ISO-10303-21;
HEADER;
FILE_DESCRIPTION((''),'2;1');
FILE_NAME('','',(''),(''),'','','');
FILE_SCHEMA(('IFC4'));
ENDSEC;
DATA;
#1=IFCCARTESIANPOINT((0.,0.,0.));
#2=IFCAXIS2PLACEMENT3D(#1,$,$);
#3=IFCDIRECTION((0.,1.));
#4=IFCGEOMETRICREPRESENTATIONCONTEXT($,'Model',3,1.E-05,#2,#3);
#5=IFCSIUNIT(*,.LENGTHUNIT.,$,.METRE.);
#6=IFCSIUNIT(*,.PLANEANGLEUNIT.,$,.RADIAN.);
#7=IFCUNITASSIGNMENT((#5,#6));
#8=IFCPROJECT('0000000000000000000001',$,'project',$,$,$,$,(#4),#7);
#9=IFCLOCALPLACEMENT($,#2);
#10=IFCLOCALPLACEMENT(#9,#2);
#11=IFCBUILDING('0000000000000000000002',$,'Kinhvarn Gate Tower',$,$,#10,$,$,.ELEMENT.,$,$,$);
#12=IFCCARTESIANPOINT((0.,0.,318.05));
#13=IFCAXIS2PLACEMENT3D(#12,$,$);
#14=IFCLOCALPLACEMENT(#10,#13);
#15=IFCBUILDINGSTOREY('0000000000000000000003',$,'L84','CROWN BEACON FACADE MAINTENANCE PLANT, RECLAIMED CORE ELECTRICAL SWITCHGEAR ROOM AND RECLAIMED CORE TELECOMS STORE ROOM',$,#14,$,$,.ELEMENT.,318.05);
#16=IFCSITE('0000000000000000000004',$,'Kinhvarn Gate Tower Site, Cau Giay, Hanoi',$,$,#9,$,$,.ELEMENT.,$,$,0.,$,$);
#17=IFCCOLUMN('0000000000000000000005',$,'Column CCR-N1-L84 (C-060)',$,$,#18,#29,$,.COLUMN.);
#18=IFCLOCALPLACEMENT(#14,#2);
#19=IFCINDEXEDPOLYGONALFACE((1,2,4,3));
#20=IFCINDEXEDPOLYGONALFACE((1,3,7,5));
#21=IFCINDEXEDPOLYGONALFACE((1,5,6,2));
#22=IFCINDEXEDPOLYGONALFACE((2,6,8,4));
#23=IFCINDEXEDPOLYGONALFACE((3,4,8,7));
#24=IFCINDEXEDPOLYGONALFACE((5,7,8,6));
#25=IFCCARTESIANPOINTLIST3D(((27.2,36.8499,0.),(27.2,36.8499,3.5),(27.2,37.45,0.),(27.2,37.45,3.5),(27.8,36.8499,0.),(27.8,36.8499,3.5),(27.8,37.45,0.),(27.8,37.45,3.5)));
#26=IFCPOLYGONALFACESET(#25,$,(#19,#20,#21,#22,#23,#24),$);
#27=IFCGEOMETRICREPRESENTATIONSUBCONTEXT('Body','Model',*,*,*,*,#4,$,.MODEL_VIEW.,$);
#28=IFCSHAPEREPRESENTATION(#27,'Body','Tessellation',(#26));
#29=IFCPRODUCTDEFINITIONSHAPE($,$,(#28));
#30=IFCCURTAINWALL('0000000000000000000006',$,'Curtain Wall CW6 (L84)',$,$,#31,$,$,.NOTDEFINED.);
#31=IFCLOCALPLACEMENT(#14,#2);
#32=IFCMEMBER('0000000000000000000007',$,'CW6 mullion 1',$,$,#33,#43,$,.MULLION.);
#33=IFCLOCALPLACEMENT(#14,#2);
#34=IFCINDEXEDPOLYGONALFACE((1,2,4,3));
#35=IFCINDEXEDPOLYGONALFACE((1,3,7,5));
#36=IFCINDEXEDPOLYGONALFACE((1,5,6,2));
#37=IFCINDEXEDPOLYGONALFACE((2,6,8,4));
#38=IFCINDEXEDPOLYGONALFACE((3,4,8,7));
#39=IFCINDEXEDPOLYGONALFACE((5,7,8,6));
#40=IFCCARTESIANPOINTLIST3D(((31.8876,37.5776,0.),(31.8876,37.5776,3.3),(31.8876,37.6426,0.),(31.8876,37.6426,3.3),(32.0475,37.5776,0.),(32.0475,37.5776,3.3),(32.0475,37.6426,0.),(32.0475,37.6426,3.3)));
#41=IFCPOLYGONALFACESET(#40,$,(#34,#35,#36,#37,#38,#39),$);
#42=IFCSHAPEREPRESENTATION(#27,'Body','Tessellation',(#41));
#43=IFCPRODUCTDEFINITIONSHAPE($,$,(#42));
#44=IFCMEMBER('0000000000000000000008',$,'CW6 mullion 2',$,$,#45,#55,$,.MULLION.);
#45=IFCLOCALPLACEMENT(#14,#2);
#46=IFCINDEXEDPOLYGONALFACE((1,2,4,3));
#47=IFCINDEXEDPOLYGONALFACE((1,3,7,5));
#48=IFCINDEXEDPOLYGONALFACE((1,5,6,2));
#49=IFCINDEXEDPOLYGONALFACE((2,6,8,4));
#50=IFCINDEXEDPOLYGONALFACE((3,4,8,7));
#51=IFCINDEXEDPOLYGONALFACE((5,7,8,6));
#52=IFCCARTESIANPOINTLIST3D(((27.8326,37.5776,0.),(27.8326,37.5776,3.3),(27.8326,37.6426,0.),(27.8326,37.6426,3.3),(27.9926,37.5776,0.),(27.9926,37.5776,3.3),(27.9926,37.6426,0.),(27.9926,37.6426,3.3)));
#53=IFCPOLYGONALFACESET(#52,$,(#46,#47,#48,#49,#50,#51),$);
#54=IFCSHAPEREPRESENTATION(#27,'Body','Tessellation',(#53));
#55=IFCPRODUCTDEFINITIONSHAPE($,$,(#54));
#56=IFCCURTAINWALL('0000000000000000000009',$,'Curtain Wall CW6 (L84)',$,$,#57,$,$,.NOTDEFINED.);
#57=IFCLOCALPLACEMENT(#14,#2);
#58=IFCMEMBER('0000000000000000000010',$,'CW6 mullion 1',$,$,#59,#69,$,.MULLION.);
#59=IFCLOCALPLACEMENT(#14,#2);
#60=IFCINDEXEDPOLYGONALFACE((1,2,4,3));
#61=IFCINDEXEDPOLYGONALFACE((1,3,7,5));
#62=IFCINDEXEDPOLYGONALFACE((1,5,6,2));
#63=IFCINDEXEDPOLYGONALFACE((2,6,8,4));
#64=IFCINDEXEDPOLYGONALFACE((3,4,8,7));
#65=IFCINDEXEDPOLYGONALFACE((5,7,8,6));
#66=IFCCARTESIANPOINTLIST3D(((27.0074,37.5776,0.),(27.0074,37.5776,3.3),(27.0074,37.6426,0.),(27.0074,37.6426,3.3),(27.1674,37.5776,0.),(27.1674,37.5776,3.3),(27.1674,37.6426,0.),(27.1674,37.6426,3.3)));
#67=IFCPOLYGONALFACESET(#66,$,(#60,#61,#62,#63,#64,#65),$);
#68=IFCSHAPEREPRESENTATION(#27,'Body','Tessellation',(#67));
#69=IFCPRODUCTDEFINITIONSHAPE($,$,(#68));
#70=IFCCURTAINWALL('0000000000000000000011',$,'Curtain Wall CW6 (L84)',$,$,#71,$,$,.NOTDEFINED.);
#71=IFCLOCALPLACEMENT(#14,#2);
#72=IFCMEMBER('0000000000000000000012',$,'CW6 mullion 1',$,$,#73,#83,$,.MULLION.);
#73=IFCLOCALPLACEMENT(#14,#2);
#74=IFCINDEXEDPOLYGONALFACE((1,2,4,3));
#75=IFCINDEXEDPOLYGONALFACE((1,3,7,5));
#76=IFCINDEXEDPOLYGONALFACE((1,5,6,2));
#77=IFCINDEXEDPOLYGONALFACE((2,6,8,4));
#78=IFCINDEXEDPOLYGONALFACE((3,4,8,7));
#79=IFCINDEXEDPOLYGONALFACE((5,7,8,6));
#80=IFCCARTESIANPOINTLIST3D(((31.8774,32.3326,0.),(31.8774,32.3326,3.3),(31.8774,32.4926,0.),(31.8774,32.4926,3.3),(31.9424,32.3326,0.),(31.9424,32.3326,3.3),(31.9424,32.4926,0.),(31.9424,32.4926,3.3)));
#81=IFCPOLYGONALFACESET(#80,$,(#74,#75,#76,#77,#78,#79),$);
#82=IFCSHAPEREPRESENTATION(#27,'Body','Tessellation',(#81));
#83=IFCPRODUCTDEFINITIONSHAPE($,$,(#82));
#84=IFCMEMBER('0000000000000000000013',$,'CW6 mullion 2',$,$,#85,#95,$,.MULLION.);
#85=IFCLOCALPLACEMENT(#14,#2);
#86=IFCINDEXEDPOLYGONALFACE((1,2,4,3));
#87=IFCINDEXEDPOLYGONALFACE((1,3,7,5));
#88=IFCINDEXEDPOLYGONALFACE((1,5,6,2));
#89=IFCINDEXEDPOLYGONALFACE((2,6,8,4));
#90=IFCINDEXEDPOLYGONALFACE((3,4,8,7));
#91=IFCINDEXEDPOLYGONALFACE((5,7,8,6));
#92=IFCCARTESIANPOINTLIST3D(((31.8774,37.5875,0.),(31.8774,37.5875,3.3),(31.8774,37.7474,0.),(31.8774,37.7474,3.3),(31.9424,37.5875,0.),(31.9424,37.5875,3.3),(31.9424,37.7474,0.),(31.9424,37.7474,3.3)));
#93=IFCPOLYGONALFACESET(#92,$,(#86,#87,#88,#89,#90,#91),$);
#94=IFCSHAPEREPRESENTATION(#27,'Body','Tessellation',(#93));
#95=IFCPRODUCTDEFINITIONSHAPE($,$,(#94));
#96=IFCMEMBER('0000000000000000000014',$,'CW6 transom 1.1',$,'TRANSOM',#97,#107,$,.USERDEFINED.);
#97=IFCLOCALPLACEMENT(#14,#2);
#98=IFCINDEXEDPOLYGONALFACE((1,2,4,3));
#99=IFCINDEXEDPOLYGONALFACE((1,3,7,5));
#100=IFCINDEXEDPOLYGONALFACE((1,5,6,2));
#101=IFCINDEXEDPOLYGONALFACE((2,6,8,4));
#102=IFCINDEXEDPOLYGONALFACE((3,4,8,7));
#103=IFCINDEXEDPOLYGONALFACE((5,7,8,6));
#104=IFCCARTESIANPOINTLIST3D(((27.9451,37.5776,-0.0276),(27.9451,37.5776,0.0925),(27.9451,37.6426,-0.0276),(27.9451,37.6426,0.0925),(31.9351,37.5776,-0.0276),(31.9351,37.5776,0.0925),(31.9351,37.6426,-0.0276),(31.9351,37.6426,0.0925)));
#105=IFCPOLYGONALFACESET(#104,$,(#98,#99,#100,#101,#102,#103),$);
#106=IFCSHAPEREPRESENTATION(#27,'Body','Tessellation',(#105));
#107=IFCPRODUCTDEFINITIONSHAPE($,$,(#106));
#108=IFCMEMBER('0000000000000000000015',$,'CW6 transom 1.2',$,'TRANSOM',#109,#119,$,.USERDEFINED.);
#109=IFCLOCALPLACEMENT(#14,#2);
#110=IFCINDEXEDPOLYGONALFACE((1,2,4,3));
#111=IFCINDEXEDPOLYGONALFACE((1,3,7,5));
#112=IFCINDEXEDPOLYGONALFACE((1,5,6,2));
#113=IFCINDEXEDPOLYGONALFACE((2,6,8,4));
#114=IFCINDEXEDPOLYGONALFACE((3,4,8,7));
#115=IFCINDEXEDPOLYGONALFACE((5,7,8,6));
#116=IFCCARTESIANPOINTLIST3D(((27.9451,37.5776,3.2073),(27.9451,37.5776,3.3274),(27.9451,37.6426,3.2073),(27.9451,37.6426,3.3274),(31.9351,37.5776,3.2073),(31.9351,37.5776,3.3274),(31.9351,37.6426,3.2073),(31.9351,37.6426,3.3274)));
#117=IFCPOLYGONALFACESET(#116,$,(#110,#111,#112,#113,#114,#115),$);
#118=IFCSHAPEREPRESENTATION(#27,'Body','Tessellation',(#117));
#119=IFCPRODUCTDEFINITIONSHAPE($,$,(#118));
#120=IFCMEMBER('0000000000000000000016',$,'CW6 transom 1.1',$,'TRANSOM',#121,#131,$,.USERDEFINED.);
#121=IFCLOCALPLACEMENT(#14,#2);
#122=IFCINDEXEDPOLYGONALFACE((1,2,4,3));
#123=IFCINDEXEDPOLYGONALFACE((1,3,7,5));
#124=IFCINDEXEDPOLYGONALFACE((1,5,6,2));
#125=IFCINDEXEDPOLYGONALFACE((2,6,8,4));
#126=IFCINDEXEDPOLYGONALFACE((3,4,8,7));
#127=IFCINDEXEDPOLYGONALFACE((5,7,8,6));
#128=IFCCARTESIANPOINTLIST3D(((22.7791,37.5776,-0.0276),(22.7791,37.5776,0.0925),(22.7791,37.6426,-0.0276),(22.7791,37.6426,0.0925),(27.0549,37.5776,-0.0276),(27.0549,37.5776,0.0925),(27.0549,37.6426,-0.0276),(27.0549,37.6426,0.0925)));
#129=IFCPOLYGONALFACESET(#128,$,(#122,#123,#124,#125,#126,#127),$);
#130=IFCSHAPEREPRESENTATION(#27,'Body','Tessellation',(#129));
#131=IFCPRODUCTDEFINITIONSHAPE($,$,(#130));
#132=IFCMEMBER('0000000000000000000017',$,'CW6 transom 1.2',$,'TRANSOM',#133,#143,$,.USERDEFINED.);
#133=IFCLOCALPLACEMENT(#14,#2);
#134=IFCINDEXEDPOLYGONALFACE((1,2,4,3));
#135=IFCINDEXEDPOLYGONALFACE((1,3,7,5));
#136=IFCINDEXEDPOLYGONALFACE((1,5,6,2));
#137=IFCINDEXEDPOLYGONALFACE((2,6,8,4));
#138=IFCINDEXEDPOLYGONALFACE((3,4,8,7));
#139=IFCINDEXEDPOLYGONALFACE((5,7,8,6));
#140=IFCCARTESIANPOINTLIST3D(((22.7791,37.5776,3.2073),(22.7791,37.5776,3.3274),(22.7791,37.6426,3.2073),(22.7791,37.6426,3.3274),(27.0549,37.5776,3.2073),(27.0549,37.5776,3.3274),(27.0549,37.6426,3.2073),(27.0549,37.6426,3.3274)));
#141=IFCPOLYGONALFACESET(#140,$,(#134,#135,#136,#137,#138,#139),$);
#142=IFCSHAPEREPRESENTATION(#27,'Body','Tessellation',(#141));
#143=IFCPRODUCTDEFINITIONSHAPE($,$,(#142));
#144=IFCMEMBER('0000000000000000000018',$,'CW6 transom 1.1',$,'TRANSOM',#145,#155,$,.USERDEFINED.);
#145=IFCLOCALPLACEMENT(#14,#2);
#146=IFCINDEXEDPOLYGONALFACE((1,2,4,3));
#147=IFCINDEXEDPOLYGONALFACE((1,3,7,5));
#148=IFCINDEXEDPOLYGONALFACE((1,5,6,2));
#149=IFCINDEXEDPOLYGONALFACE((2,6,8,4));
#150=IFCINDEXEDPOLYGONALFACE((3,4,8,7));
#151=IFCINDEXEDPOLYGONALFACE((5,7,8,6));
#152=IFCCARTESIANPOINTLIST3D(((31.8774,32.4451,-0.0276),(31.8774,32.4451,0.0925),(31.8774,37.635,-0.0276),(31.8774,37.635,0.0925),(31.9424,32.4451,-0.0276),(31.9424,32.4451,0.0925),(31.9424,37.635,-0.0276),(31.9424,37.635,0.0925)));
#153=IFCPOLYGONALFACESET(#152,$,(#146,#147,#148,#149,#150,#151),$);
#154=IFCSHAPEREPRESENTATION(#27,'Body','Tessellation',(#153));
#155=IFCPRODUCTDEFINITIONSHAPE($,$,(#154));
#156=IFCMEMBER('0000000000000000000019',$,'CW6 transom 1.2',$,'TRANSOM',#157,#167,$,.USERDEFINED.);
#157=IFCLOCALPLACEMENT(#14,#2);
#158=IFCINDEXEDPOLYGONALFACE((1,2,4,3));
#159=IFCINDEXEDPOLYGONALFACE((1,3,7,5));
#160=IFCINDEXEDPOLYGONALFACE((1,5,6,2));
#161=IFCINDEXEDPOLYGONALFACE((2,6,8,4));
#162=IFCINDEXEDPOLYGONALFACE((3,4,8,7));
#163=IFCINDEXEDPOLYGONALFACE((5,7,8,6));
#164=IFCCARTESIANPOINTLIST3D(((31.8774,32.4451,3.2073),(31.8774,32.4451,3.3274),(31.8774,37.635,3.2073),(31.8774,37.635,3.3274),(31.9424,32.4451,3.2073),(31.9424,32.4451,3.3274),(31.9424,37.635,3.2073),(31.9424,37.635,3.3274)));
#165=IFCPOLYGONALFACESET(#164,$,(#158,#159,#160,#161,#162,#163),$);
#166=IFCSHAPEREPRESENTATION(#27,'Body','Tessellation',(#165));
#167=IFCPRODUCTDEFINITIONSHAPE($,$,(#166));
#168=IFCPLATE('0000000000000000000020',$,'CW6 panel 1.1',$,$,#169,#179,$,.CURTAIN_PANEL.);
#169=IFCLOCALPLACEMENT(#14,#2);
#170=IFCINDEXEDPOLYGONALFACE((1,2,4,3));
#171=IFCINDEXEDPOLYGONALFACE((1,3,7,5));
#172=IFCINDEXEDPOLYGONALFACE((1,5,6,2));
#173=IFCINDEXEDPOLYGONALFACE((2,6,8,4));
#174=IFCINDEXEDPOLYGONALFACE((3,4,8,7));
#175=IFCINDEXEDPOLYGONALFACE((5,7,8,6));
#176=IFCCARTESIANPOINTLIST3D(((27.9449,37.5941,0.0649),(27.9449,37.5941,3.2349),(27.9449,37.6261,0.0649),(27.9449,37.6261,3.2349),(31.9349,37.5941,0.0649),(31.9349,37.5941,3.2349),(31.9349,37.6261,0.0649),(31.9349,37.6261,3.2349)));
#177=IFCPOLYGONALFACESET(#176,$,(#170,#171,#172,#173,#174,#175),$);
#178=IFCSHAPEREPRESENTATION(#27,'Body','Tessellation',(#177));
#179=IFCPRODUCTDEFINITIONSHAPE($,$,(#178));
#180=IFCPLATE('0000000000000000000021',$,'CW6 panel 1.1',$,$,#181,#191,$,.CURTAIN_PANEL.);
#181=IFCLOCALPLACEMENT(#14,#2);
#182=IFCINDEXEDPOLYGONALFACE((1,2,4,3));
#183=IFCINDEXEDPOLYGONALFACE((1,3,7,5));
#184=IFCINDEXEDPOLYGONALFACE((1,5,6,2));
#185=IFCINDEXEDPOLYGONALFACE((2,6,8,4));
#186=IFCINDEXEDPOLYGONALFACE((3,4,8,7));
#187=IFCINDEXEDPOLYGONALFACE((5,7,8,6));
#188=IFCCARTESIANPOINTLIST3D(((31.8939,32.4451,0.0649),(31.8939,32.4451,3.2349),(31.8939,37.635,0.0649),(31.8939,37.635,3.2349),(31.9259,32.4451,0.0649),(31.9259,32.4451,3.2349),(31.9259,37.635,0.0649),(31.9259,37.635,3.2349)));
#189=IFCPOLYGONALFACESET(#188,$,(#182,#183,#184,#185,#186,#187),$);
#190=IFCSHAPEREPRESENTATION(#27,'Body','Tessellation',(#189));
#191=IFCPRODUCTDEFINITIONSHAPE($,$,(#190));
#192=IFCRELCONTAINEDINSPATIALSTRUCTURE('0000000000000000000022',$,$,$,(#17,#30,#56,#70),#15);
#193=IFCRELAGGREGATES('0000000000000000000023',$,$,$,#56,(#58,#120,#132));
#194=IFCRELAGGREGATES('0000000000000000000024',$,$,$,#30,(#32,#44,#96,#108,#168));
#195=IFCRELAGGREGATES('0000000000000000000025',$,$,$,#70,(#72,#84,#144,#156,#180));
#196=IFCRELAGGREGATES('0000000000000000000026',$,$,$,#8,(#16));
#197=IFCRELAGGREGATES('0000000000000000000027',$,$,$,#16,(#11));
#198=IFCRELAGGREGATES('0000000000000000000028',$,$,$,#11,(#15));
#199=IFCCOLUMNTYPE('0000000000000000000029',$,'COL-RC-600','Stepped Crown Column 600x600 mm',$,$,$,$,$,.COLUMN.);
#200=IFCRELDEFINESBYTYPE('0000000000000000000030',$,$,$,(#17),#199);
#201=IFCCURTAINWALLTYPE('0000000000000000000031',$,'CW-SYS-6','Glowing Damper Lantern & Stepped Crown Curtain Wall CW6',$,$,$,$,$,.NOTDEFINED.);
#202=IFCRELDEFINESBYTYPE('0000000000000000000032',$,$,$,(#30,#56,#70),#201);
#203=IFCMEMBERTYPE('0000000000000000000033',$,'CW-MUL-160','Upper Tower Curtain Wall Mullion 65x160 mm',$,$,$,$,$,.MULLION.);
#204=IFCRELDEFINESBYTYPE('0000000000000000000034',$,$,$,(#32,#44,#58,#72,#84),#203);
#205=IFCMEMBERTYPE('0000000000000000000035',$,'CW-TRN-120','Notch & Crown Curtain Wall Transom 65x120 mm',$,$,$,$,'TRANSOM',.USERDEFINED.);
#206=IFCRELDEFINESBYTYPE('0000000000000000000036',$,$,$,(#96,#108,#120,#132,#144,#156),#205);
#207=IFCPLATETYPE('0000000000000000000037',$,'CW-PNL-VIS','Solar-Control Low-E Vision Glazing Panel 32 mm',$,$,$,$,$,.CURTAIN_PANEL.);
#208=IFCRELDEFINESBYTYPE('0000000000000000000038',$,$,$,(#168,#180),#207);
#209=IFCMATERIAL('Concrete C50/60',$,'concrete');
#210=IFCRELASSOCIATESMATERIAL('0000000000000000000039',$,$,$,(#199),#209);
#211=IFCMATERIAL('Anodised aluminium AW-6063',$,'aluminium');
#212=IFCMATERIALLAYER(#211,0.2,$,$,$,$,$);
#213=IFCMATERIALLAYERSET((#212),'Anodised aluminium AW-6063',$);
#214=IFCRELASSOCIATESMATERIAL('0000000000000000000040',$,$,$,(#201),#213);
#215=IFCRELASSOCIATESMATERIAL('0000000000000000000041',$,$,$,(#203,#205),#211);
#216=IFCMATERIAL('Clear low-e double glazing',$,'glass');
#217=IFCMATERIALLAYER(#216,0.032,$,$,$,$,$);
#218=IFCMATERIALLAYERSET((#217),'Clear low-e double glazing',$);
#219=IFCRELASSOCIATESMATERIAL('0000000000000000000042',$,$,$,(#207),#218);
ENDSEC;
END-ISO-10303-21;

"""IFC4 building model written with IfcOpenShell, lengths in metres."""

from ifc_helpers import new_model, si_unit, direction, frame, origin, origin_2d, place, context, subcontext, project, spatial, rectangle, extrude, material, layer, layer_set, material_profile, profile_set, type_object, element, aggregate, save


model = new_model("IFC4")

# Units and contexts
model_context = context("Model", 3, precision=1e-05, world=origin(), true_north=direction((0.0, 1.0)))
body_context = subcontext(model_context, "Body", "Model", "MODEL_VIEW")
ifc_project = project(units=[si_unit("LENGTHUNIT", "METRE"), si_unit("PLANEANGLEUNIT", "RADIAN")], contexts=[model_context])

# Site, building, storey
site_placement = place(None, origin())
site = spatial("IfcSite", under=ifc_project, at=site_placement, Name="Kinhvarn Gate Tower Site, Cau Giay, Hanoi", CompositionType="ELEMENT", RefElevation=0.0)
building_placement = place(site_placement, origin())
building = spatial("IfcBuilding", under=site, at=building_placement, Name="Kinhvarn Gate Tower", CompositionType="ELEMENT")
storey_placement = place(building_placement, frame((0.0, 0.0, 318.05)))
storey = spatial("IfcBuildingStorey", under=building, at=storey_placement, Name="L84", Description="CROWN BEACON FACADE MAINTENANCE PLANT, RECLAIMED CORE ELECTRICAL SWITCHGEAR ROOM AND RECLAIMED CORE TELECOMS STORE ROOM", CompositionType="ELEMENT", Elevation=318.05)

# Column
ifc_material_1 = material(Name="Concrete C50/60", Category="concrete")
ifc_material_profile_1 = material_profile(ifc_material_1, rectangle(XDim=0.6001, YDim=0.6001, at=origin_2d()), Name="RC 600x600")
ifc_profile_set_1 = profile_set([ifc_material_profile_1], Name="Concrete C50/60")
column_type = type_object("IfcColumnType", Name="COL-RC-600", Description="Stepped Crown Column 600x600 mm", PredefinedType="COLUMN", material=ifc_profile_set_1)
column_placement = place(storey_placement, frame((27.5, 37.1499, 0.0), z_axis=(0.0, 0.0, 1.0), x_axis=(1.0, 0.0, 0.0)))
element("IfcColumn", 1, at=column_placement, inside=storey, type_object=column_type, Name="Column CCR-N1-L84 (C-060)", PredefinedType="COLUMN", context=body_context, shape_type="SweptSolid", body=[
    extrude(rectangle(XDim=0.6001, YDim=0.6001, at=origin_2d()), origin(), (0.0, 0.0, 1.0), 3.5),
])

# Curtain wall, members
ifc_material_2 = material(Name="Anodised aluminium AW-6063", Category="aluminium")
ifc_layer_1 = layer(ifc_material_2, 0.2)
ifc_layer_set_1 = layer_set([ifc_layer_1], Name="Anodised aluminium AW-6063")
curtain_wall_type = type_object("IfcCurtainWallType", Name="CW-SYS-6", Description="Glowing Damper Lantern & Stepped Crown Curtain Wall CW6", PredefinedType="NOTDEFINED", material=ifc_layer_set_1)
curtain_wall_1_placement = place(storey_placement, origin())
curtain_wall_1 = element("IfcCurtainWall", 2, at=curtain_wall_1_placement, inside=storey, type_object=curtain_wall_type, Name="Curtain Wall CW6 (L84)", PredefinedType="NOTDEFINED")
ifc_material_profile_2 = material_profile(ifc_material_2, rectangle(XDim=0.0649, YDim=0.1599, at=origin_2d()), Name="ALU 65x160")
ifc_profile_set_2 = profile_set([ifc_material_profile_2], Name="Anodised aluminium AW-6063")
member_type_1 = type_object("IfcMemberType", Name="CW-MUL-160", Description="Upper Tower Curtain Wall Mullion 65x160 mm", PredefinedType="MULLION", material=ifc_profile_set_2)
member_1_placement = place(storey_placement, frame((31.9675, 37.6101, 0.0), z_axis=(0.0, 0.0, 1.0), x_axis=(0.0, -1.0, 0.0)))
member_1 = element("IfcMember", 3, at=member_1_placement, type_object=member_type_1, Name="CW6 mullion 1", PredefinedType="MULLION", context=body_context, shape_type="SweptSolid", body=[
    extrude(rectangle(XDim=0.0649, YDim=0.1599, at=origin_2d()), origin(), (0.0, 0.0, 1.0), 3.3),
])
member_2_placement = place(storey_placement, frame((27.9126, 37.6101, 0.0), z_axis=(0.0, 0.0, 1.0), x_axis=(0.0, -1.0, 0.0)))
member_2 = element("IfcMember", 4, at=member_2_placement, type_object=member_type_1, Name="CW6 mullion 2", PredefinedType="MULLION", context=body_context, shape_type="SweptSolid", body=[
    extrude(rectangle(XDim=0.0649, YDim=0.1599, at=origin_2d()), origin(), (0.0, 0.0, 1.0), 3.3),
])

# Curtain wall, member
curtain_wall_2_placement = place(storey_placement, origin())
curtain_wall_2 = element("IfcCurtainWall", 5, at=curtain_wall_2_placement, inside=storey, type_object=curtain_wall_type, Name="Curtain Wall CW6 (L84)", PredefinedType="NOTDEFINED")
member_3_placement = place(storey_placement, frame((27.0874, 37.6101, 0.0), z_axis=(0.0, 0.0, 1.0), x_axis=(0.0, -1.0, 0.0)))
member_3 = element("IfcMember", 6, at=member_3_placement, type_object=member_type_1, Name="CW6 mullion 1", PredefinedType="MULLION", context=body_context, shape_type="SweptSolid", body=[
    extrude(rectangle(XDim=0.0649, YDim=0.1599, at=origin_2d()), origin(), (0.0, 0.0, 1.0), 3.3),
])

# Curtain wall, members
curtain_wall_3_placement = place(storey_placement, origin())
curtain_wall_3 = element("IfcCurtainWall", 7, at=curtain_wall_3_placement, inside=storey, type_object=curtain_wall_type, Name="Curtain Wall CW6 (L84)", PredefinedType="NOTDEFINED")
member_4_placement = place(storey_placement, frame((31.9099, 32.4126, 0.0), z_axis=(0.0, 0.0, 1.0), x_axis=(-1.0, 0.0, 0.0)))
member_4 = element("IfcMember", 8, at=member_4_placement, type_object=member_type_1, Name="CW6 mullion 1", PredefinedType="MULLION", context=body_context, shape_type="SweptSolid", body=[
    extrude(rectangle(XDim=0.0649, YDim=0.1599, at=origin_2d()), origin(), (0.0, 0.0, 1.0), 3.3),
])
member_5_placement = place(storey_placement, frame((31.9099, 37.6675, 0.0), z_axis=(0.0, 0.0, 1.0), x_axis=(-1.0, 0.0, 0.0)))
member_5 = element("IfcMember", 9, at=member_5_placement, type_object=member_type_1, Name="CW6 mullion 2", PredefinedType="MULLION", context=body_context, shape_type="SweptSolid", body=[
    extrude(rectangle(XDim=0.0649, YDim=0.1599, at=origin_2d()), origin(), (0.0, 0.0, 1.0), 3.3),
])

# Members
ifc_material_profile_3 = material_profile(ifc_material_2, rectangle(XDim=0.0649, YDim=0.1201, at=origin_2d()), Name="ALU 65x120")
ifc_profile_set_3 = profile_set([ifc_material_profile_3], Name="Anodised aluminium AW-6063")
member_type_2 = type_object("IfcMemberType", Name="CW-TRN-120", Description="Notch & Crown Curtain Wall Transom 65x120 mm", ElementType="TRANSOM", PredefinedType="USERDEFINED", material=ifc_profile_set_3)
member_6_placement = place(storey_placement, frame((31.9351, 37.6101, 0.0325), z_axis=(-1.0, 0.0, 0.0), x_axis=(0.0, -1.0, 0.0)))
member_6 = element("IfcMember", 10, at=member_6_placement, type_object=member_type_2, Name="CW6 transom 1.1", ObjectType="TRANSOM", PredefinedType="USERDEFINED", context=body_context, shape_type="SweptSolid", body=[
    extrude(rectangle(XDim=0.0649, YDim=0.1201, at=origin_2d()), origin(), (0.0, 0.0, 1.0), 3.99),
])
member_7_placement = place(storey_placement, frame((31.9351, 37.6101, 3.2673), z_axis=(-1.0, 0.0, 0.0), x_axis=(0.0, -1.0, 0.0)))
member_7 = element("IfcMember", 11, at=member_7_placement, type_object=member_type_2, Name="CW6 transom 1.2", ObjectType="TRANSOM", PredefinedType="USERDEFINED", context=body_context, shape_type="SweptSolid", body=[
    extrude(rectangle(XDim=0.0649, YDim=0.1201, at=origin_2d()), origin(), (0.0, 0.0, 1.0), 3.99),
])
member_8_placement = place(storey_placement, frame((27.0549, 37.6101, 0.0325), z_axis=(-1.0, 0.0, 0.0), x_axis=(0.0, -1.0, 0.0)))
member_8 = element("IfcMember", 12, at=member_8_placement, type_object=member_type_2, Name="CW6 transom 1.1", ObjectType="TRANSOM", PredefinedType="USERDEFINED", context=body_context, shape_type="SweptSolid", body=[
    extrude(rectangle(XDim=0.0649, YDim=0.1201, at=origin_2d()), origin(), (0.0, 0.0, 1.0), 4.2759),
])
member_9_placement = place(storey_placement, frame((27.0549, 37.6101, 3.2673), z_axis=(-1.0, 0.0, 0.0), x_axis=(0.0, -1.0, 0.0)))
member_9 = element("IfcMember", 13, at=member_9_placement, type_object=member_type_2, Name="CW6 transom 1.2", ObjectType="TRANSOM", PredefinedType="USERDEFINED", context=body_context, shape_type="SweptSolid", body=[
    extrude(rectangle(XDim=0.0649, YDim=0.1201, at=origin_2d()), origin(), (0.0, 0.0, 1.0), 4.2759),
])
aggregate(curtain_wall_2, [member_3, member_8, member_9])
member_10_placement = place(storey_placement, frame((31.9099, 32.4451, 0.0325), z_axis=(0.0, 1.0, 0.0), x_axis=(-1.0, 0.0, 0.0)))
member_10 = element("IfcMember", 14, at=member_10_placement, type_object=member_type_2, Name="CW6 transom 1.1", ObjectType="TRANSOM", PredefinedType="USERDEFINED", context=body_context, shape_type="SweptSolid", body=[
    extrude(rectangle(XDim=0.0649, YDim=0.1201, at=origin_2d()), origin(), (0.0, 0.0, 1.0), 5.1899),
])
member_11_placement = place(storey_placement, frame((31.9099, 32.4451, 3.2673), z_axis=(0.0, 1.0, 0.0), x_axis=(-1.0, 0.0, 0.0)))
member_11 = element("IfcMember", 15, at=member_11_placement, type_object=member_type_2, Name="CW6 transom 1.2", ObjectType="TRANSOM", PredefinedType="USERDEFINED", context=body_context, shape_type="SweptSolid", body=[
    extrude(rectangle(XDim=0.0649, YDim=0.1201, at=origin_2d()), origin(), (0.0, 0.0, 1.0), 5.1899),
])

# Plates
ifc_material_3 = material(Name="Clear low-e double glazing", Category="glass")
ifc_layer_2 = layer(ifc_material_3, 0.032)
ifc_layer_set_2 = layer_set([ifc_layer_2], Name="Clear low-e double glazing")
plate_type = type_object("IfcPlateType", Name="CW-PNL-VIS", Description="Solar-Control Low-E Vision Glazing Panel 32 mm", PredefinedType="CURTAIN_PANEL", material=ifc_layer_set_2)
plate_1_placement = place(storey_placement, frame((29.9399, 37.6101, 0.0649), z_axis=(0.0, 0.0, 1.0), x_axis=(-1.0, 0.0, 0.0)))
plate_1 = element("IfcPlate", 16, at=plate_1_placement, type_object=plate_type, Name="CW6 panel 1.1", PredefinedType="CURTAIN_PANEL", context=body_context, shape_type="SweptSolid", body=[
    extrude(rectangle(XDim=3.99, YDim=0.032, at=origin_2d()), origin(), (0.0, 0.0, 1.0), 3.1699),
])
aggregate(curtain_wall_1, [member_1, member_2, member_6, member_7, plate_1])
plate_2_placement = place(storey_placement, frame((31.9099, 35.04, 0.0649), z_axis=(0.0, 0.0, 1.0), x_axis=(0.0, 1.0, 0.0)))
plate_2 = element("IfcPlate", 17, at=plate_2_placement, type_object=plate_type, Name="CW6 panel 1.1", PredefinedType="CURTAIN_PANEL", context=body_context, shape_type="SweptSolid", body=[
    extrude(rectangle(XDim=5.1899, YDim=0.032, at=origin_2d()), origin(), (0.0, 0.0, 1.0), 3.1699),
])
aggregate(curtain_wall_3, [member_4, member_5, member_10, member_11, plate_2])

save(model, "model.ifc")
